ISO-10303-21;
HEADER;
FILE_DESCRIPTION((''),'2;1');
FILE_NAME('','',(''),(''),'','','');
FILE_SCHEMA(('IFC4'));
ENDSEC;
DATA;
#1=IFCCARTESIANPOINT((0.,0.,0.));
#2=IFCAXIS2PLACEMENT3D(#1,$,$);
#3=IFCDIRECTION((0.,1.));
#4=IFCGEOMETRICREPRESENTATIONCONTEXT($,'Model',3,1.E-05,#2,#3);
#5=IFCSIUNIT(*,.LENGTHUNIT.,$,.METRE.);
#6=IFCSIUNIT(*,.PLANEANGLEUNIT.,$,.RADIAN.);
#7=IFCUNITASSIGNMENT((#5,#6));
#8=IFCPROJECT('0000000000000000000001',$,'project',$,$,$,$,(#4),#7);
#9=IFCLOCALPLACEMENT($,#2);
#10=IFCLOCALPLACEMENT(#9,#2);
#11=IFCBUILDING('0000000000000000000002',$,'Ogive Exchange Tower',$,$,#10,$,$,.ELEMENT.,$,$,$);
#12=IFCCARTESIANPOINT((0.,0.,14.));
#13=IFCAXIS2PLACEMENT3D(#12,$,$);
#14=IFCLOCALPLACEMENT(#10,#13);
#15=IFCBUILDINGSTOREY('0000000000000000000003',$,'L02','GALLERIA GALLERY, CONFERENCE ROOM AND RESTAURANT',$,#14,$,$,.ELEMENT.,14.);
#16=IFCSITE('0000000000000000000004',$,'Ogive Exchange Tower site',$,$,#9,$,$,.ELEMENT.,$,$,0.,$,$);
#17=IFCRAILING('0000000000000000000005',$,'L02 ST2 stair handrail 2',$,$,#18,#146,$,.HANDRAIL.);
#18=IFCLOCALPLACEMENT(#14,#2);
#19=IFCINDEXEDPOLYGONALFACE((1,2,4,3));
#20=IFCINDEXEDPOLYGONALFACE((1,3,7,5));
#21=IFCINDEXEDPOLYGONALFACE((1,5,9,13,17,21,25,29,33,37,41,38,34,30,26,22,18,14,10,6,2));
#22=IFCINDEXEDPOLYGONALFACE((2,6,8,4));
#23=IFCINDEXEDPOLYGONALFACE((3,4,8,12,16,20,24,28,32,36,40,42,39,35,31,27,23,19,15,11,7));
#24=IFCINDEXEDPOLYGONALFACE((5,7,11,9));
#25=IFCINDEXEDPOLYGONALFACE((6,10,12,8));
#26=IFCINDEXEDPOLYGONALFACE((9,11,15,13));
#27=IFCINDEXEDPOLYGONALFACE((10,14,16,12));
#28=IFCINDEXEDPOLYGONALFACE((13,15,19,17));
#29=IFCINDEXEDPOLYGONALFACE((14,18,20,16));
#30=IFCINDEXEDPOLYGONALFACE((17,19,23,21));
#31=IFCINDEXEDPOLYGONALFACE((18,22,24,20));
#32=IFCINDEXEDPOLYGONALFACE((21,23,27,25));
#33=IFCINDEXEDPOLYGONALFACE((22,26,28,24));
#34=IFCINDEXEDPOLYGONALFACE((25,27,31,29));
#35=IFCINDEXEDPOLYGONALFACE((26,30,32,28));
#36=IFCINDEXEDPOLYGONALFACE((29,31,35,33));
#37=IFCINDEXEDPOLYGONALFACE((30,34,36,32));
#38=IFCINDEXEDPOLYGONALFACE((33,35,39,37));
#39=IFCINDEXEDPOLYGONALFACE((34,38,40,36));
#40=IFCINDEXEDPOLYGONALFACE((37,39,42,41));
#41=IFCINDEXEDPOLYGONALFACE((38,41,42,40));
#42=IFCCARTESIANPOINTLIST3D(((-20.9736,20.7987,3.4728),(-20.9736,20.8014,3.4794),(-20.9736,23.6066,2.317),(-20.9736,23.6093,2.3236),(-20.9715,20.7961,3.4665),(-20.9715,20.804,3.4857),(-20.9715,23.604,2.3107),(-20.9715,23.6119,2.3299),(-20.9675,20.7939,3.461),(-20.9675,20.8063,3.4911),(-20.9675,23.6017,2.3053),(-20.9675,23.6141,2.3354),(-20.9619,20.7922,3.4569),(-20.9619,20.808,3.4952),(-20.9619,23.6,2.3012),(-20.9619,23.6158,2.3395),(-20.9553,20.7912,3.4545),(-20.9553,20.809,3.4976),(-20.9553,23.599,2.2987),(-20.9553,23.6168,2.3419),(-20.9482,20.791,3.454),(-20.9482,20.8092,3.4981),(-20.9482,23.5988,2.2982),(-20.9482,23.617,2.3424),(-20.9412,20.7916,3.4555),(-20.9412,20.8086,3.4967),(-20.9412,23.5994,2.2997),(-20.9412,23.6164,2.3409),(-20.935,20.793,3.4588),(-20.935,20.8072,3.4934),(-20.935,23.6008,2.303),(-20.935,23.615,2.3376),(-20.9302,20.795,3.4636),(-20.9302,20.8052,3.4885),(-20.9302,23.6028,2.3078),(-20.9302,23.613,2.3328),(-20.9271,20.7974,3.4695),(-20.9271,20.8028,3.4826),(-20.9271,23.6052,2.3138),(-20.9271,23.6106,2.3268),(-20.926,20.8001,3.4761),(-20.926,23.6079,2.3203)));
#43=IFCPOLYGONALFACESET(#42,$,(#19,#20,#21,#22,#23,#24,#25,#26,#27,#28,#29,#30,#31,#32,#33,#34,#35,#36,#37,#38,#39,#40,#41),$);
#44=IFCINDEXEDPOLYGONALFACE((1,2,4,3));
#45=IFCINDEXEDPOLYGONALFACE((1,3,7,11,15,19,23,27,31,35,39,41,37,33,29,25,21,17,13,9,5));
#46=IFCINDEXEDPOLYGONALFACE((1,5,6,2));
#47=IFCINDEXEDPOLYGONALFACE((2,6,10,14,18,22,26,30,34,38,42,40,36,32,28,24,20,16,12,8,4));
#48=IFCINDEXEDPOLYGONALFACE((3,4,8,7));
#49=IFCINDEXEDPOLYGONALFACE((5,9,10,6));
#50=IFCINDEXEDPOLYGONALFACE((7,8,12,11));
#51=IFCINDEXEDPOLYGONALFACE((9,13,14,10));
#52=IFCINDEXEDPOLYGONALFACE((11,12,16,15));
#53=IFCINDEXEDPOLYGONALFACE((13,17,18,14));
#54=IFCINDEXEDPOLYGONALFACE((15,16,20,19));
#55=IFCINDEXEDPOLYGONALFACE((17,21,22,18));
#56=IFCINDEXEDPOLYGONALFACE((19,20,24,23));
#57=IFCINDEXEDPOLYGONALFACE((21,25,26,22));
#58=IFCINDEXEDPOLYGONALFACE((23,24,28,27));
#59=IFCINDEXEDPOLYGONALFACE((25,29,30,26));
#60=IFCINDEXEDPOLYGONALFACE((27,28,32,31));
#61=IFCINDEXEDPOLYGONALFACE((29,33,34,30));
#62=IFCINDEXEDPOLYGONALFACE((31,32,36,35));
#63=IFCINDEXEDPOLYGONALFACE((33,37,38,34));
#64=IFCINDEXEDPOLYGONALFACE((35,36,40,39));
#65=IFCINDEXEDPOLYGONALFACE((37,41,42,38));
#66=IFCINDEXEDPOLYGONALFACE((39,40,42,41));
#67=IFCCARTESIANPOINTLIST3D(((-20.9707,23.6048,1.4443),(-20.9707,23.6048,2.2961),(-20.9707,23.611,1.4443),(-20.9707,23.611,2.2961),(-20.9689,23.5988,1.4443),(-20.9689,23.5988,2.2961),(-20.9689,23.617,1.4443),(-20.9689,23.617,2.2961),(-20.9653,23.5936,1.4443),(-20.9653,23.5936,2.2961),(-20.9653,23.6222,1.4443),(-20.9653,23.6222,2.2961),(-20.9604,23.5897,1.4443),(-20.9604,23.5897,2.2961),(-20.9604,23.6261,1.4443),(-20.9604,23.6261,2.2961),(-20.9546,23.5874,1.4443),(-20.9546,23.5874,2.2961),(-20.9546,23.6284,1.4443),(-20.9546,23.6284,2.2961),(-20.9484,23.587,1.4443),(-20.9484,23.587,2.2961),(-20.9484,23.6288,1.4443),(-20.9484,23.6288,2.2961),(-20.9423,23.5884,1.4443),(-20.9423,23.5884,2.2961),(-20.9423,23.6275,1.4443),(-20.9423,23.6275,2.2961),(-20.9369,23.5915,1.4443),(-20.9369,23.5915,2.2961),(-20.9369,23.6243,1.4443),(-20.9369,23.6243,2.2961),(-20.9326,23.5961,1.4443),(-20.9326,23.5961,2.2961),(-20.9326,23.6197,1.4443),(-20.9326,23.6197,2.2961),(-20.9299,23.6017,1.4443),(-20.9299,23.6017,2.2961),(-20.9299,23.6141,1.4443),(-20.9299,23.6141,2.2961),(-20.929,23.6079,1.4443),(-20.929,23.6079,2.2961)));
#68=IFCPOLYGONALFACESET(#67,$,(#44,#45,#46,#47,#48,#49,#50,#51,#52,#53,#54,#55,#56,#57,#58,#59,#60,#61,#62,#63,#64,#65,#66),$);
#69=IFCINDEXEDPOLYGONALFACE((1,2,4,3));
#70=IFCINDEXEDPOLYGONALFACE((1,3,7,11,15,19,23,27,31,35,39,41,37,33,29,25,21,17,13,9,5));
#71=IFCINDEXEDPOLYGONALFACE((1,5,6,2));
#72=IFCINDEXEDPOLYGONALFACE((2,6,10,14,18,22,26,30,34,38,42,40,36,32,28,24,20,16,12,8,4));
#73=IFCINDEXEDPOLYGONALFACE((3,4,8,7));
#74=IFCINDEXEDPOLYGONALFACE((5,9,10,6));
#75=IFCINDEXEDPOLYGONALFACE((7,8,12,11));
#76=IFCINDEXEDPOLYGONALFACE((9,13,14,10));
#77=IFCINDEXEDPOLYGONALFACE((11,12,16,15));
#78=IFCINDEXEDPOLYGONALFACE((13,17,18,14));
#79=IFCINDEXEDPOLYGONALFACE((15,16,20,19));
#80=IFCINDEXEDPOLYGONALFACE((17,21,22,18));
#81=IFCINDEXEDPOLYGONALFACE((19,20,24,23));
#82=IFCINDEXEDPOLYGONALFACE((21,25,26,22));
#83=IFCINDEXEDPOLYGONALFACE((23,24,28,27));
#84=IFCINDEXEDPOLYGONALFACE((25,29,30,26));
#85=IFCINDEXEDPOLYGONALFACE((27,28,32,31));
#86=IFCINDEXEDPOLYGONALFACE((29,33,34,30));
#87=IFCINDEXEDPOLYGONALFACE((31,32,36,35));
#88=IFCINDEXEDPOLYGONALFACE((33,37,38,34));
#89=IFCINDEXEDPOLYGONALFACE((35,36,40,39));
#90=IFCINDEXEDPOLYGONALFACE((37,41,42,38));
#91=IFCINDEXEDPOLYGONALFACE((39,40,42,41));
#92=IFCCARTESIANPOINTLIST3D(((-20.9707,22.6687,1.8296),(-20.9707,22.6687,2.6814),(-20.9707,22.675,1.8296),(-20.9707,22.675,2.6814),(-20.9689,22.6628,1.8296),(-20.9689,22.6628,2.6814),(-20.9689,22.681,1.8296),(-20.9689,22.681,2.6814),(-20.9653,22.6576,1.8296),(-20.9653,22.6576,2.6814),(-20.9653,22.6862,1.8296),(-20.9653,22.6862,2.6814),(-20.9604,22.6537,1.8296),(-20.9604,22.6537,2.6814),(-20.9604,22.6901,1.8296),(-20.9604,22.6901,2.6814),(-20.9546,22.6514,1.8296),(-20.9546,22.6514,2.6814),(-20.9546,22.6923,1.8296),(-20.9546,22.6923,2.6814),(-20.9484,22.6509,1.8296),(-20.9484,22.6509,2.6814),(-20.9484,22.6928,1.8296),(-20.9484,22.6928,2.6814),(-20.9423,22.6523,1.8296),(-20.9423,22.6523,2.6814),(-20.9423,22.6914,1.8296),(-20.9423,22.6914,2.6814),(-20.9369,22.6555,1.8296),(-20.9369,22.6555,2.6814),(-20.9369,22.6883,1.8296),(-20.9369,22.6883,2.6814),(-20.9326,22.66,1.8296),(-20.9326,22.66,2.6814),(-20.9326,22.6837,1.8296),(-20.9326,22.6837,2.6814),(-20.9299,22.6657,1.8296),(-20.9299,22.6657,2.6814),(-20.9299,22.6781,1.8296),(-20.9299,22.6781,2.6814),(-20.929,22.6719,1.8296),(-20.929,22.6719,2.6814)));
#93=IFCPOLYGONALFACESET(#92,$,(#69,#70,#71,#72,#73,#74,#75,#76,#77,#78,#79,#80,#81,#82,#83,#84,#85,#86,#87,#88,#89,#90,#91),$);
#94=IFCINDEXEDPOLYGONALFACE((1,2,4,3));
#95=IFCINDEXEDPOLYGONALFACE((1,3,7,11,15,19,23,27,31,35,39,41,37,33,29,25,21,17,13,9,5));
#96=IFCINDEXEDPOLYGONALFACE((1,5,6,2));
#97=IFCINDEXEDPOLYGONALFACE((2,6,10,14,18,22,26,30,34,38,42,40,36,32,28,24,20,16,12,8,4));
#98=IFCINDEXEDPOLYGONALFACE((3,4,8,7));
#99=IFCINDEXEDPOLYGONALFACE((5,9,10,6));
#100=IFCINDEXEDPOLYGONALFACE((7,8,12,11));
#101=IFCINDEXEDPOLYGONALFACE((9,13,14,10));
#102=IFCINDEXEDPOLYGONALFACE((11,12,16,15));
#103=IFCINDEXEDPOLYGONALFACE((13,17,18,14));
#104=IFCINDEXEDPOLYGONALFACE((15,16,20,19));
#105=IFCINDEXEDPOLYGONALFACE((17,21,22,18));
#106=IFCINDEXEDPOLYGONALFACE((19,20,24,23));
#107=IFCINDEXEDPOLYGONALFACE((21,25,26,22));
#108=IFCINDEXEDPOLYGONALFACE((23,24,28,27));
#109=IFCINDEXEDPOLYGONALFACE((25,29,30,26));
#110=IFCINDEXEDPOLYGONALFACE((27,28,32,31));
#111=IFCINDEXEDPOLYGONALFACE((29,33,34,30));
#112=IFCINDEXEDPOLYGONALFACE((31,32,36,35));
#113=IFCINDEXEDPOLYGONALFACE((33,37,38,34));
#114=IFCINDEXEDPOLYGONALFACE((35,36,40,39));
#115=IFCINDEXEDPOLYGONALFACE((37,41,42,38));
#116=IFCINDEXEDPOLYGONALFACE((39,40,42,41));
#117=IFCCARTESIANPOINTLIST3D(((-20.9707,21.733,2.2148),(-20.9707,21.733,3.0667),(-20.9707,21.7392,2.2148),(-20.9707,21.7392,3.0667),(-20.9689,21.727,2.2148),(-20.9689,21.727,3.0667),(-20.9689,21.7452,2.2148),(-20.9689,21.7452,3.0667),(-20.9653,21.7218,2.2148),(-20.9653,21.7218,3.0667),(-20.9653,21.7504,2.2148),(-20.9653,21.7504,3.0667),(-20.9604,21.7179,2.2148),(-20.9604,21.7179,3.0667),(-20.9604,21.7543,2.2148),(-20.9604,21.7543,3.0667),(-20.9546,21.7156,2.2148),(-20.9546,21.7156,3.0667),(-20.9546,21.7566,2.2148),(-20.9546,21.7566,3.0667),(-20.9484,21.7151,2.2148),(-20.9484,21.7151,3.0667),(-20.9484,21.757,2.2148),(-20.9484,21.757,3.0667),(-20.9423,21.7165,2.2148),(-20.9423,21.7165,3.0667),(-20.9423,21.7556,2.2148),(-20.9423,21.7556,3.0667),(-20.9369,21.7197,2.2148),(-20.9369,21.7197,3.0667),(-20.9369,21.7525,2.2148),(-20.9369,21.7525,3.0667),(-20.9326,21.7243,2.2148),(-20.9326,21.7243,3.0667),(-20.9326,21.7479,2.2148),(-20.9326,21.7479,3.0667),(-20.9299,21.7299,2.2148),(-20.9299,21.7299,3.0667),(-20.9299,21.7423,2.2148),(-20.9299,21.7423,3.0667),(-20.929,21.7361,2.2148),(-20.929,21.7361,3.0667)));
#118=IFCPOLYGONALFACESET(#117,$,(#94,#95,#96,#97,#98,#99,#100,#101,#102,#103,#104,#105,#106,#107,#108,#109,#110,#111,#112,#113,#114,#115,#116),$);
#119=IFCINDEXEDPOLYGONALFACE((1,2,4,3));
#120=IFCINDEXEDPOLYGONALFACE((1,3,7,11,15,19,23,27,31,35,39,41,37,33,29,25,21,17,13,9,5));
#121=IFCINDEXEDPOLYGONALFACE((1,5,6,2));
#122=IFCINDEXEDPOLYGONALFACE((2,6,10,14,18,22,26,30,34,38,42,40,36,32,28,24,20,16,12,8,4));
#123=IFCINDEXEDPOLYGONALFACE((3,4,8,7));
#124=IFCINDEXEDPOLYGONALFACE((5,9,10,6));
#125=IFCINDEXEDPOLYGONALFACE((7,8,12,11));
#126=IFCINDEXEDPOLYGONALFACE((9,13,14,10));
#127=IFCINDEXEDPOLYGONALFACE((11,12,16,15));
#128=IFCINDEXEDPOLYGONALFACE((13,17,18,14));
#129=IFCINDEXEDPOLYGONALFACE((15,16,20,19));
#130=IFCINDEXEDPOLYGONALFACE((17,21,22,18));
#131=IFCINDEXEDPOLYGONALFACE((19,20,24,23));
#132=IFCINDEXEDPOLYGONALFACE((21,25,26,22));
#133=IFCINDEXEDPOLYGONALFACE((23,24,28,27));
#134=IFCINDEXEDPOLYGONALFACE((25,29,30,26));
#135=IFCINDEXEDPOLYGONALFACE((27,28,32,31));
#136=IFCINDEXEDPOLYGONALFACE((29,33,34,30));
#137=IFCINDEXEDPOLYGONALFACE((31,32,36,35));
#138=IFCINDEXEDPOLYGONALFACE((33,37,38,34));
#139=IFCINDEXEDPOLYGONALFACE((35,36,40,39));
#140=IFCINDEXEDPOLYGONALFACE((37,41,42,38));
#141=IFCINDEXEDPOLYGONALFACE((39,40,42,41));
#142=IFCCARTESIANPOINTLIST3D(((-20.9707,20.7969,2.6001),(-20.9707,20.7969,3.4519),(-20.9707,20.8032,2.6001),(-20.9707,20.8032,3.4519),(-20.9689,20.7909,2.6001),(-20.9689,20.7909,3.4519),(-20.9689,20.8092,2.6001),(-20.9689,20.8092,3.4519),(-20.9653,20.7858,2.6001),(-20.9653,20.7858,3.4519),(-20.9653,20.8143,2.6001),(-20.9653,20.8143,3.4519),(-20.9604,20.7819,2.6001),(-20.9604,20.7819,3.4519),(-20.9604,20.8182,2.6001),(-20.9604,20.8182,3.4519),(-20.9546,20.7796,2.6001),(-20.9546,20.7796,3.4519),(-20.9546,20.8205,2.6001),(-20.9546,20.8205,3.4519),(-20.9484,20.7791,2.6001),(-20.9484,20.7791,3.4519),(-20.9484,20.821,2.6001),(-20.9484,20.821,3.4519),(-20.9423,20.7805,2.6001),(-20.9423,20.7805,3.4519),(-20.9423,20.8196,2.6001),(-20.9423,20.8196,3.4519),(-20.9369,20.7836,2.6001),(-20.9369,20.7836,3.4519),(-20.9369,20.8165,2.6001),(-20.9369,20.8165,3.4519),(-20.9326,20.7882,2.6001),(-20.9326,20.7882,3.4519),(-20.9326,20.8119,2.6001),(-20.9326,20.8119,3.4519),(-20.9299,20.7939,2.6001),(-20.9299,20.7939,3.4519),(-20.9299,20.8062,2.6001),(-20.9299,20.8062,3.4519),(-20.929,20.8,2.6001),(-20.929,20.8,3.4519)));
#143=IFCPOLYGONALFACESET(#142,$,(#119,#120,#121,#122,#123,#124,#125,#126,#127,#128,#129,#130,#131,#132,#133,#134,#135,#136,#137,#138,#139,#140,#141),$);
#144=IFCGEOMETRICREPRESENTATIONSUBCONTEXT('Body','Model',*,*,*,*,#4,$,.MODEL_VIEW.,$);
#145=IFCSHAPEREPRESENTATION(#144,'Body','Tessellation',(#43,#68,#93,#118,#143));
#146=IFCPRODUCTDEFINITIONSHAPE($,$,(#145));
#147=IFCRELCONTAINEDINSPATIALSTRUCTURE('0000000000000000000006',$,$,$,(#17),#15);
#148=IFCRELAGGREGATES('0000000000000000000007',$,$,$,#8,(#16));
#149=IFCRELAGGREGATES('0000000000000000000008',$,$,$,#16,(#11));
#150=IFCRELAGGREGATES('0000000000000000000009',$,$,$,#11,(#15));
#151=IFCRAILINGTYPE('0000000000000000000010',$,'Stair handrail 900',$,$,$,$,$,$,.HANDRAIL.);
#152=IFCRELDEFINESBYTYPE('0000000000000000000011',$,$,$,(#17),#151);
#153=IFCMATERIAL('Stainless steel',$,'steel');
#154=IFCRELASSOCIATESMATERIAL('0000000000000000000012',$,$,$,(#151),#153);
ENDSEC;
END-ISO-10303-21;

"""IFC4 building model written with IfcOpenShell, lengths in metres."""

from ifc_helpers import new_model, si_unit, direction, frame, origin, origin_2d, place, context, subcontext, project, spatial, circle, extrude, material, type_object, element, save


model = new_model("IFC4")

# Units and contexts
model_context = context("Model", 3, precision=1e-05, world=origin(), true_north=direction((0.0, 1.0)))
body_context = subcontext(model_context, "Body", "Model", "MODEL_VIEW")
ifc_project = project(units=[si_unit("LENGTHUNIT", "METRE"), si_unit("PLANEANGLEUNIT", "RADIAN")], contexts=[model_context])

# Site, building, storey
site_placement = place(None, origin())
site = spatial("IfcSite", under=ifc_project, at=site_placement, Name="Ogive Exchange Tower site", CompositionType="ELEMENT", RefElevation=0.0)
building_placement = place(site_placement, origin())
building = spatial("IfcBuilding", under=site, at=building_placement, Name="Ogive Exchange Tower", CompositionType="ELEMENT")
storey_placement = place(building_placement, frame((0.0, 0.0, 14.0)))
storey = spatial("IfcBuildingStorey", under=building, at=storey_placement, Name="L02", Description="GALLERIA GALLERY, CONFERENCE ROOM AND RESTAURANT", CompositionType="ELEMENT", Elevation=14.0)

# Railing
ifc_material_1 = material(Name="Stainless steel", Category="steel")
railing_type = type_object("IfcRailingType", Name="Stair handrail 900", PredefinedType="HANDRAIL", material=ifc_material_1)
railing_1_placement = place(storey_placement, frame((-20.95, 23.6079, 1.4443)))
element("IfcRailing", 1, at=railing_1_placement, inside=storey, type_object=railing_type, Name="L02 ST2 stair handrail 2", PredefinedType="HANDRAIL", context=body_context, shape_type="SweptSolid", body=[
    extrude(circle(Radius=0.0239, at=origin_2d()), frame((0.0, 0.0, 0.876), z_axis=(0.0, -0.924726, 0.380633), x_axis=(1.0, 0.0, 0.0)), (0.0, 0.0, 1.0), 3.0364),
    extrude(circle(Radius=0.021, at=origin_2d()), origin(), (0.0, 0.0, 1.0), 0.8518),
    extrude(circle(Radius=0.021, at=origin_2d()), frame((0.0, -0.936, 0.3853)), (0.0, 0.0, 1.0), 0.8518),
    extrude(circle(Radius=0.021, at=origin_2d()), frame((0.0, -1.8718, 0.7705)), (0.0, 0.0, 1.0), 0.8518),
    extrude(circle(Radius=0.021, at=origin_2d()), frame((0.0, -2.8079, 1.1558)), (0.0, 0.0, 1.0), 0.8518),
])

save(model, "model.ifc")
